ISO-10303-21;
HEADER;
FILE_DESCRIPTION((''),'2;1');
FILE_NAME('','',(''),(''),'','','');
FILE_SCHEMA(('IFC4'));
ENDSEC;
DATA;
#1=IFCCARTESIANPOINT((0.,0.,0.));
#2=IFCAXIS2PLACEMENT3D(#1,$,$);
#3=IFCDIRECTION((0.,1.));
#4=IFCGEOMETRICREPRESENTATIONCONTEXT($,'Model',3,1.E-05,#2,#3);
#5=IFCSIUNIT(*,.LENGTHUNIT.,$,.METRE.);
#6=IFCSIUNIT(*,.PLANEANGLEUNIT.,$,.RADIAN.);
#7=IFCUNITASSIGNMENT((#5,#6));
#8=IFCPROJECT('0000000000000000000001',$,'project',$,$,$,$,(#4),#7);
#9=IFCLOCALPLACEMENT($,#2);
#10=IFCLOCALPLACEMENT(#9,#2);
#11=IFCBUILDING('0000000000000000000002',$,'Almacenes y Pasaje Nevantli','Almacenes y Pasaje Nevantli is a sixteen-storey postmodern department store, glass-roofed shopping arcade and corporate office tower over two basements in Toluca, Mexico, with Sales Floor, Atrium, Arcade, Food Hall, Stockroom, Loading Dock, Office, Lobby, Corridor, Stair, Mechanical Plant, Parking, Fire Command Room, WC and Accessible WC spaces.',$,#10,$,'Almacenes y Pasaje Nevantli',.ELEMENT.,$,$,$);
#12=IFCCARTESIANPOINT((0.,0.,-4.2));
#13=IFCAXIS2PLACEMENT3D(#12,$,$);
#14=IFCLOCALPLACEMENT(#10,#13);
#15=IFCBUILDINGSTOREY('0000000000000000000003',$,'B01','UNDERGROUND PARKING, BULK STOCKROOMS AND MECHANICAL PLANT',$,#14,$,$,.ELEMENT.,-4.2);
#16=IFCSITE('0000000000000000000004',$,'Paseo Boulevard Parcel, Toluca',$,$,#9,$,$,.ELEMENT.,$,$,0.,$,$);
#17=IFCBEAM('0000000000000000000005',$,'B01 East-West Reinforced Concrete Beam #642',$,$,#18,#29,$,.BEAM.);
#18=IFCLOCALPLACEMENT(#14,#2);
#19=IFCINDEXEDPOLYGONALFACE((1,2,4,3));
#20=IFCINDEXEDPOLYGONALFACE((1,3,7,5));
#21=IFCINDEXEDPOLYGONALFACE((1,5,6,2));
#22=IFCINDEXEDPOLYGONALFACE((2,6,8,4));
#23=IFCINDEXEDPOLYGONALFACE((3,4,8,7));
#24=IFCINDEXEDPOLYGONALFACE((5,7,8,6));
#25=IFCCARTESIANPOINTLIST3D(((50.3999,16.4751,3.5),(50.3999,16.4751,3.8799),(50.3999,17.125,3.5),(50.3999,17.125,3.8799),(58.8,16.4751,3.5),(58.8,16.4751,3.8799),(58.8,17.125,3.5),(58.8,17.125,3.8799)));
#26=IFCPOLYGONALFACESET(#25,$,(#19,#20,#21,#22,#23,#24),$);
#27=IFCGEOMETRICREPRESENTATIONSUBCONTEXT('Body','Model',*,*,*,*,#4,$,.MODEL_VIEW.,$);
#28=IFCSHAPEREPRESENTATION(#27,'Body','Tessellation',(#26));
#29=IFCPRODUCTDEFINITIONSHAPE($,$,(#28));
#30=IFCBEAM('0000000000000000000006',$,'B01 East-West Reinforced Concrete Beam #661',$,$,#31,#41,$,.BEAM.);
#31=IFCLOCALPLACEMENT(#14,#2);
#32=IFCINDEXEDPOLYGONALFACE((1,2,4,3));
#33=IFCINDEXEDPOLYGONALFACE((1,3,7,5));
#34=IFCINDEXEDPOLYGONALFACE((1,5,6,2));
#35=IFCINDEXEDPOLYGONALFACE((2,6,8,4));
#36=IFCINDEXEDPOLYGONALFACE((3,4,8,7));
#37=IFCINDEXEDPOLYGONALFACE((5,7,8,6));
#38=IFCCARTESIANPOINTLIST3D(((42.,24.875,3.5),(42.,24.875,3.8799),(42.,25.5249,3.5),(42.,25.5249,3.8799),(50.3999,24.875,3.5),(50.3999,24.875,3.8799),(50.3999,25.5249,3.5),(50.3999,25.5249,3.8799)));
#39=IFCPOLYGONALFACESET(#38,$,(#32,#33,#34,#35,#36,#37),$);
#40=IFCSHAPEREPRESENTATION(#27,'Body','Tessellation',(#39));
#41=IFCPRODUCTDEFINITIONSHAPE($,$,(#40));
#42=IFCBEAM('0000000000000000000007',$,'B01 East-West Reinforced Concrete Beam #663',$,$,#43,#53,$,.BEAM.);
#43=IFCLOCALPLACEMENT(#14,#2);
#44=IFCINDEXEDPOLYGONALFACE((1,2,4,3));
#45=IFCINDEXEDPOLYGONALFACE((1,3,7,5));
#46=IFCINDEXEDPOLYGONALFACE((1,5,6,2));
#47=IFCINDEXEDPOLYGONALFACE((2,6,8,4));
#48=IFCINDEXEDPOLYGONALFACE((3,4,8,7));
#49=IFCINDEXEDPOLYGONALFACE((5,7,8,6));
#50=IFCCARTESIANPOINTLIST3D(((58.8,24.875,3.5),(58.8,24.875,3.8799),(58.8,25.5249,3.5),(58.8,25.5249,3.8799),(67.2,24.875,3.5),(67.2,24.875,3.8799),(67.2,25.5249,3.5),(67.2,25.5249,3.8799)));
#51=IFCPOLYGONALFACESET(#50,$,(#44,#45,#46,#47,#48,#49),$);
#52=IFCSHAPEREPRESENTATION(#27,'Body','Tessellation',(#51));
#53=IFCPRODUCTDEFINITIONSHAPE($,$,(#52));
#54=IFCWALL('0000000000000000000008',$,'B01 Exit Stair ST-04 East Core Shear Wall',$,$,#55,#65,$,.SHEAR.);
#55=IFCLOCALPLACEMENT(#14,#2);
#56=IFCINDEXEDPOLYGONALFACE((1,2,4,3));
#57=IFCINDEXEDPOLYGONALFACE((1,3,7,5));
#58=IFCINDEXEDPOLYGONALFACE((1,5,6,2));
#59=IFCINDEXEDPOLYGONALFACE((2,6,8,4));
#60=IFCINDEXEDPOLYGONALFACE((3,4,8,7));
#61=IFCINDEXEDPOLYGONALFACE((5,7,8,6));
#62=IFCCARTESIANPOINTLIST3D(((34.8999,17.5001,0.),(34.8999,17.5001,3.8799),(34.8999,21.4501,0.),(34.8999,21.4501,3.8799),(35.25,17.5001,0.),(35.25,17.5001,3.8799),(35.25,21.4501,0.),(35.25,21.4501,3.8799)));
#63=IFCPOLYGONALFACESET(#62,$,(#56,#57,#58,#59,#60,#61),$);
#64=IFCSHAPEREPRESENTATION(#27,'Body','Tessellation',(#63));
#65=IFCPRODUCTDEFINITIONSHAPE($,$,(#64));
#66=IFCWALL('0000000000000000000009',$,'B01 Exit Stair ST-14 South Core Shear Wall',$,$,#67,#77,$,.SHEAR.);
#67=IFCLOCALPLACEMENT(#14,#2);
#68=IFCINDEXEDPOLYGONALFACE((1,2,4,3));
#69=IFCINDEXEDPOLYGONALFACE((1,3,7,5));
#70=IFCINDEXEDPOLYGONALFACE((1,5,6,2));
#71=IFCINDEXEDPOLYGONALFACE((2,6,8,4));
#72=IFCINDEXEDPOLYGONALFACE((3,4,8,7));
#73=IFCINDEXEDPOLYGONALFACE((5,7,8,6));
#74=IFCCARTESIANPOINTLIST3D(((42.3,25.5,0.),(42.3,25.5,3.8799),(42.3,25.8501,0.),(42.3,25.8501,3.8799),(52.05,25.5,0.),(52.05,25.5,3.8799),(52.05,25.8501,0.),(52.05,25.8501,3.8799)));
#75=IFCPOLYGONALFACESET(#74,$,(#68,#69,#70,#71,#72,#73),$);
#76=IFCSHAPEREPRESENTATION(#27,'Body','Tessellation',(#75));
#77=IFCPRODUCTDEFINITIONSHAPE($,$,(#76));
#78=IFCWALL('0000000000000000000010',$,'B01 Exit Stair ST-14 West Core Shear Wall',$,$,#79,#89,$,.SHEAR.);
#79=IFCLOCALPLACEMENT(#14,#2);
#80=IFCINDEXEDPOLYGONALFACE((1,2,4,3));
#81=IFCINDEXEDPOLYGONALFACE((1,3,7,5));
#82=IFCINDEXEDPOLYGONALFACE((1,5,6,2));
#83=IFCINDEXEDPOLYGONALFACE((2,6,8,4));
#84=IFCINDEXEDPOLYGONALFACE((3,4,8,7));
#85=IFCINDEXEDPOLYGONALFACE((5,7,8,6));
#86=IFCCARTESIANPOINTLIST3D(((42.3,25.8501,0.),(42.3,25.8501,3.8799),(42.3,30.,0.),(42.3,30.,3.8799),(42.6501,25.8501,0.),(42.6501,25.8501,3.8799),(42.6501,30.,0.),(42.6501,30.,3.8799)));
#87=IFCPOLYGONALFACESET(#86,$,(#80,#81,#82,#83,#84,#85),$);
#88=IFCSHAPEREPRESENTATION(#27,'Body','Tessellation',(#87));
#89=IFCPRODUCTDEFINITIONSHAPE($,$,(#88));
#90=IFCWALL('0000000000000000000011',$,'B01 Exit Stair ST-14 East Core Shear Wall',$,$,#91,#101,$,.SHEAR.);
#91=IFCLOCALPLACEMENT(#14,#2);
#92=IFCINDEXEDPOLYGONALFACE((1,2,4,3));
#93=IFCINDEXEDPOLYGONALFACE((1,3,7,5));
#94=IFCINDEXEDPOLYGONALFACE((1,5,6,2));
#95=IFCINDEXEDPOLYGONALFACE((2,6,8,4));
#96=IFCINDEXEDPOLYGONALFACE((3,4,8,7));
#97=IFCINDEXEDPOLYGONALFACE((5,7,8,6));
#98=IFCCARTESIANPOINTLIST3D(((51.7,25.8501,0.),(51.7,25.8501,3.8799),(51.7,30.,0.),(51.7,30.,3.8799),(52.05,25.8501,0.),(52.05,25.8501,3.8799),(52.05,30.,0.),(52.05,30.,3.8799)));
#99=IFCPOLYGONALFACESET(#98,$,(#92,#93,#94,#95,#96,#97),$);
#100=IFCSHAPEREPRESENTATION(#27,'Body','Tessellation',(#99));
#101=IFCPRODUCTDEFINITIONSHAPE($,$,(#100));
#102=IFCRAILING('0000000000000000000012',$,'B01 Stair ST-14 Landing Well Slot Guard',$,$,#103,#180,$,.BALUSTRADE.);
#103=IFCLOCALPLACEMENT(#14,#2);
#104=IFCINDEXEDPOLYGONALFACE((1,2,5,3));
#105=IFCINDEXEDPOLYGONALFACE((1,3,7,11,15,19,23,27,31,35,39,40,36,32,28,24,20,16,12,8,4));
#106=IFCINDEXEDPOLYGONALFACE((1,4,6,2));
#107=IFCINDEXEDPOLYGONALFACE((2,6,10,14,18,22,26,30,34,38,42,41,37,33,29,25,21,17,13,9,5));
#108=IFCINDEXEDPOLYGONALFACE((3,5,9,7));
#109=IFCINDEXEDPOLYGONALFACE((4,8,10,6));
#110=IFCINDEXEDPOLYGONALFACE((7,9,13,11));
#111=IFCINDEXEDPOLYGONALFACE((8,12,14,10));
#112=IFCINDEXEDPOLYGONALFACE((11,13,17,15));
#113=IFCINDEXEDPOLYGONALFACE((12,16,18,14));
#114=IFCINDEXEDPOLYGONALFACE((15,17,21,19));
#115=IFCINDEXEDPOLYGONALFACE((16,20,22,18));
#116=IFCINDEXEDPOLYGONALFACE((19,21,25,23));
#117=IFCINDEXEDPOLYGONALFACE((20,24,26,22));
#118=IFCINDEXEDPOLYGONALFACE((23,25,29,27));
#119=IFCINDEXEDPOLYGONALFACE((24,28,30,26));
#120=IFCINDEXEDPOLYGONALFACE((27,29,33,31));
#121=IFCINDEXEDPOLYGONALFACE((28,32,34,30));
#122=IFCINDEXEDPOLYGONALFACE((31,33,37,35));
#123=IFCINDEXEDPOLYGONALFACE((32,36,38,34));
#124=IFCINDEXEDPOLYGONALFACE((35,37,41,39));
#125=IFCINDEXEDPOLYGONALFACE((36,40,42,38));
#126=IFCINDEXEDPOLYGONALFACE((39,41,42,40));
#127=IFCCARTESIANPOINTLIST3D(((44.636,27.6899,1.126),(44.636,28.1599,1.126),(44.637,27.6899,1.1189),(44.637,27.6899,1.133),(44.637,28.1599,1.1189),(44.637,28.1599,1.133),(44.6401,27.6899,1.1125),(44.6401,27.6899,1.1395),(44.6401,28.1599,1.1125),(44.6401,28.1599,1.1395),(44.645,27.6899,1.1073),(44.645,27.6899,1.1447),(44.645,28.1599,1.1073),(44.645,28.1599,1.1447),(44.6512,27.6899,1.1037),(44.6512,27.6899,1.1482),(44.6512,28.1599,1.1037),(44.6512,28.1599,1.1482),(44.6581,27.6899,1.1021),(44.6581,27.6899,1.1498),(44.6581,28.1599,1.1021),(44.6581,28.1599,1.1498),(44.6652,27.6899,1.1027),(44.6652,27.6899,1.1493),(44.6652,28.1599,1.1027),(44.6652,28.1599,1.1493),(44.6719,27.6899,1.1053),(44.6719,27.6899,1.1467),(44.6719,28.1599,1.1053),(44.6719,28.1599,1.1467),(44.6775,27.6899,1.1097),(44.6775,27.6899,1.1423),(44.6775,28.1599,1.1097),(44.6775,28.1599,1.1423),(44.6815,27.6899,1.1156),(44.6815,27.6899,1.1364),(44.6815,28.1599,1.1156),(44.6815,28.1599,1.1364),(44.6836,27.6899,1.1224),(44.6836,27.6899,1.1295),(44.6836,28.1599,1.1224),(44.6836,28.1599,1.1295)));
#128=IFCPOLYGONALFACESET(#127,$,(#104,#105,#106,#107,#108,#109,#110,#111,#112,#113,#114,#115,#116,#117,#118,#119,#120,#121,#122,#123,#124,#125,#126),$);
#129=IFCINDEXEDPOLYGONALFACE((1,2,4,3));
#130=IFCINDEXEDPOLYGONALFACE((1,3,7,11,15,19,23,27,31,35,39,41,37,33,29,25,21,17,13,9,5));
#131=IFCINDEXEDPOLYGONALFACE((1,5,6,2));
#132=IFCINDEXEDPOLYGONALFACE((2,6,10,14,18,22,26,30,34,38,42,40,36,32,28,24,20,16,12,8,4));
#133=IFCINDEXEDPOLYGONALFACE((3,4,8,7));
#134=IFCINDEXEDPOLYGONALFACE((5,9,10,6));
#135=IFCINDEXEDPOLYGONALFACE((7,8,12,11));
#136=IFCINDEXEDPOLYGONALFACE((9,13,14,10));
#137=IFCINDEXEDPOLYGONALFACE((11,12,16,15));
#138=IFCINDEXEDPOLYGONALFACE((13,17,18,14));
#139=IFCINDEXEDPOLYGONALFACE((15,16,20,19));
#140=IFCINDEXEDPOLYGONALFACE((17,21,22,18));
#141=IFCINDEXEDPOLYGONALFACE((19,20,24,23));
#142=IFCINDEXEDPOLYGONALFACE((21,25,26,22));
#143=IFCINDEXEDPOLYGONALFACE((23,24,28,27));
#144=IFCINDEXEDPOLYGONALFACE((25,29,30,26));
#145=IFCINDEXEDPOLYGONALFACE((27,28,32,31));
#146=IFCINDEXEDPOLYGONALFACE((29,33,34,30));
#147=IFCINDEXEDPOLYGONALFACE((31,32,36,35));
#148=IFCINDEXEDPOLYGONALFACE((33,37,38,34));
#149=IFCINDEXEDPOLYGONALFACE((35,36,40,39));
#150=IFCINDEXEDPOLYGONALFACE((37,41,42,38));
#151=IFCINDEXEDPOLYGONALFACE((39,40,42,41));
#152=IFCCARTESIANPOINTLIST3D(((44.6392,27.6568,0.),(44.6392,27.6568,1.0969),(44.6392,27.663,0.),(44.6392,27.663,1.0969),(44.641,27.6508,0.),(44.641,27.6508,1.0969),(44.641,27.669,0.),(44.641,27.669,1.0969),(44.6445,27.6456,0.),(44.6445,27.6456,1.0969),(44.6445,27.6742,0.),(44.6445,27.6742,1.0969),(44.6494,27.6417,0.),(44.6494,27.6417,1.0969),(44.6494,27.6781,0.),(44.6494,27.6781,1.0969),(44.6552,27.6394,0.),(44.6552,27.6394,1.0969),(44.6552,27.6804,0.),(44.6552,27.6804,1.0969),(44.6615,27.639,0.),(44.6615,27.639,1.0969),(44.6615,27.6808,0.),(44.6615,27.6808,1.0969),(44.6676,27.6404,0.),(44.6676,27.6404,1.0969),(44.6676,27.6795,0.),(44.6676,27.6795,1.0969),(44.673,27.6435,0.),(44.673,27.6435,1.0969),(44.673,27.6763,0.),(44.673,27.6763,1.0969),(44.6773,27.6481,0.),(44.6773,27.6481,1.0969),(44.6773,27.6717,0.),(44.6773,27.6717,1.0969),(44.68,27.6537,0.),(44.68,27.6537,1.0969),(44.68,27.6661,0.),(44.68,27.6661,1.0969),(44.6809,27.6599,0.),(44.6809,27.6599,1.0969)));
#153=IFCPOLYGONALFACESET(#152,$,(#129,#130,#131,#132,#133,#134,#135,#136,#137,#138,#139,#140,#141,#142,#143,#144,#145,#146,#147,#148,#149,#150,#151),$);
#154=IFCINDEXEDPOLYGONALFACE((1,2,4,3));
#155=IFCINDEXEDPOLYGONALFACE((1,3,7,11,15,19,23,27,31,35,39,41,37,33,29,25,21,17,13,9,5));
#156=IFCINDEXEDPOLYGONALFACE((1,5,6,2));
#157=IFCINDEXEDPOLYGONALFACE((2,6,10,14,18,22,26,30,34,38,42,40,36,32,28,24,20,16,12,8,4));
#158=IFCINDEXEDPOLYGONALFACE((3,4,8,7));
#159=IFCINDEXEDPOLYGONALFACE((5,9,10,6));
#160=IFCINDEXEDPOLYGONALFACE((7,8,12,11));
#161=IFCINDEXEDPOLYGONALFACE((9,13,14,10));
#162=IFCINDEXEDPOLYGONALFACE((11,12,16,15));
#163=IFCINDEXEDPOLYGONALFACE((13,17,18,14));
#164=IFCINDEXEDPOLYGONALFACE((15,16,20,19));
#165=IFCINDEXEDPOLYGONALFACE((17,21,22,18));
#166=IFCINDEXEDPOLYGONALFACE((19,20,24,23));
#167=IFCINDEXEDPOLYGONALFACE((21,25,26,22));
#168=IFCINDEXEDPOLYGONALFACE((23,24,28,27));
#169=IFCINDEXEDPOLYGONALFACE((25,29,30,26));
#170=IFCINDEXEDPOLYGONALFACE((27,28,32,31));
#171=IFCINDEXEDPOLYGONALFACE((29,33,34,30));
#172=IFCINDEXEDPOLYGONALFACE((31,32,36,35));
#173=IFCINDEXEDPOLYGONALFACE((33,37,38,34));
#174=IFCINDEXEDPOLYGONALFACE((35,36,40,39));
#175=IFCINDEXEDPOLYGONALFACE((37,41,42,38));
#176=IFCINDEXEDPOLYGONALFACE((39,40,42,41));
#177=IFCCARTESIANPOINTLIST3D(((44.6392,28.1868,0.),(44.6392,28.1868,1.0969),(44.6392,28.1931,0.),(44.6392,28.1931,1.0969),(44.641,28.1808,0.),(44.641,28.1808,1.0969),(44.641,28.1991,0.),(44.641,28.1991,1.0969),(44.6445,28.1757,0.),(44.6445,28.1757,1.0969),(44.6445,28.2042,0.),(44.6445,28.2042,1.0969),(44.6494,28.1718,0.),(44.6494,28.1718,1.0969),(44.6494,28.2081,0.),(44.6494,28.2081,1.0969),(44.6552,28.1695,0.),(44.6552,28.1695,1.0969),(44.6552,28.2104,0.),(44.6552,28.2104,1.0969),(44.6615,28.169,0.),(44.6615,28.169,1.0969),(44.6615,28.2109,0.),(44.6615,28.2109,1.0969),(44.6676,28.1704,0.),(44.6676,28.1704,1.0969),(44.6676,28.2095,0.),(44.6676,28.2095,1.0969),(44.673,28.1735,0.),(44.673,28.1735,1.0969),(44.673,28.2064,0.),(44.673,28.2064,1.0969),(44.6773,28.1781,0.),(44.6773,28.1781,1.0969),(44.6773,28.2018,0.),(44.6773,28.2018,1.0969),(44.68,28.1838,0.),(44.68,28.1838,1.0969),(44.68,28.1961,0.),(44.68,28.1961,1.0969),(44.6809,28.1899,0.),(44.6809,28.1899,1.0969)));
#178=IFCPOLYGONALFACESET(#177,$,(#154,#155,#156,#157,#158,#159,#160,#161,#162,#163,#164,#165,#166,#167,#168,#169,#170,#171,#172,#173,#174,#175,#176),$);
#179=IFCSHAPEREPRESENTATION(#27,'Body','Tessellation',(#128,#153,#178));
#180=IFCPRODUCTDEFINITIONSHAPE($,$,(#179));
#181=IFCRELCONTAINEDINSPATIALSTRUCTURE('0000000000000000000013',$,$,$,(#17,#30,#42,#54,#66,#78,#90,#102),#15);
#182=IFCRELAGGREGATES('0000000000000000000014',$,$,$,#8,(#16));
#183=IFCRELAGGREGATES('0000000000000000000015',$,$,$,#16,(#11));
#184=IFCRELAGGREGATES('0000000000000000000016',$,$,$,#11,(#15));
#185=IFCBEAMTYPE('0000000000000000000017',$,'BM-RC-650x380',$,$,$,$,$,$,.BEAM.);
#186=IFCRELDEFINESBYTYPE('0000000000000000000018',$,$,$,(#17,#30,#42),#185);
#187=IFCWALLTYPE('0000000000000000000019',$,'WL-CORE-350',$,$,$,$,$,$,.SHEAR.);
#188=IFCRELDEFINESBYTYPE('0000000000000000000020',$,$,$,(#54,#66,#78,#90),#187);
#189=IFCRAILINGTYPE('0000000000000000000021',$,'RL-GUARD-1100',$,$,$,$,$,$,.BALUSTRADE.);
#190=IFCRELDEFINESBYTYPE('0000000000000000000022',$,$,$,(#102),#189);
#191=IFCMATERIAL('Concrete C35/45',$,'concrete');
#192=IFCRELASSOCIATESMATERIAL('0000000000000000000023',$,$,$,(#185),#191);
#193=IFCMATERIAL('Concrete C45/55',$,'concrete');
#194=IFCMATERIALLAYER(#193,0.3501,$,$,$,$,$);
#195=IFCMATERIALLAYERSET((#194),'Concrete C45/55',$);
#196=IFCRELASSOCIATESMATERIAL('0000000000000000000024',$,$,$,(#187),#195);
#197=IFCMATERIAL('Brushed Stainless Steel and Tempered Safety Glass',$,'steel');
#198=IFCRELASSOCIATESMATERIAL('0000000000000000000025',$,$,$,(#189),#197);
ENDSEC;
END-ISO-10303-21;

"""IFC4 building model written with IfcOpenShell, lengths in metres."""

from ifc_helpers import new_model, si_unit, direction, frame, frame_2d, origin, origin_2d, place, context, subcontext, project, spatial, rectangle, circle, extrude, material, layer, layer_set, material_profile, profile_set, type_object, element, save


model = new_model("IFC4")

# Units and contexts
model_context = context("Model", 3, precision=1e-05, world=origin(), true_north=direction((0.0, 1.0)))
body_context = subcontext(model_context, "Body", "Model", "MODEL_VIEW")
ifc_project = project(units=[si_unit("LENGTHUNIT", "METRE"), si_unit("PLANEANGLEUNIT", "RADIAN")], contexts=[model_context])

# Site, building, storey
site_placement = place(None, origin())
site = spatial("IfcSite", under=ifc_project, at=site_placement, Name="Paseo Boulevard Parcel, Toluca", CompositionType="ELEMENT", RefElevation=0.0)
building_placement = place(site_placement, origin())
building = spatial("IfcBuilding", under=site, at=building_placement, Name="Almacenes y Pasaje Nevantli", Description="Almacenes y Pasaje Nevantli is a sixteen-storey postmodern department store, glass-roofed shopping arcade and corporate office tower over two basements in Toluca, Mexico, with Sales Floor, Atrium, Arcade, Food Hall, Stockroom, Loading Dock, Office, Lobby, Corridor, Stair, Mechanical Plant, Parking, Fire Command Room, WC and Accessible WC spaces.", LongName="Almacenes y Pasaje Nevantli", CompositionType="ELEMENT")
storey_placement = place(building_placement, frame((0.0, 0.0, -4.2)))
storey = spatial("IfcBuildingStorey", under=building, at=storey_placement, Name="B01", Description="UNDERGROUND PARKING, BULK STOCKROOMS AND MECHANICAL PLANT", CompositionType="ELEMENT", Elevation=-4.2)

# Beams
ifc_material_1 = material(Name="Concrete C35/45", Category="concrete")
ifc_material_profile_1 = material_profile(ifc_material_1, rectangle(XDim=0.6499, YDim=0.3799, at=origin_2d()), Name="RC-BM-650x380")
ifc_profile_set_1 = profile_set([ifc_material_profile_1], Name="Concrete C35/45")
beam_type_1 = type_object("IfcBeamType", Name="BM-RC-650x380", PredefinedType="BEAM", material=ifc_profile_set_1)
beam_1_placement = place(storey_placement, frame((50.3999, 16.8, 3.6899), z_axis=(1.0, 0.0, 0.0), x_axis=(0.0, 1.0, 0.0)))
element("IfcBeam", 1, at=beam_1_placement, inside=storey, type_object=beam_type_1, Name="B01 East-West Reinforced Concrete Beam #642", PredefinedType="BEAM", context=body_context, shape_type="SweptSolid", body=[
    extrude(rectangle(XDim=0.6499, YDim=0.3799, at=origin_2d()), origin(), (0.0, 0.0, 1.0), 8.4001),
])
for number, where, z_axis, x_axis, name in (
    (2, (42.0, 25.2, 3.6899), (1.0, 0.0, 0.0), (0.0, 1.0, 0.0), "B01 East-West Reinforced Concrete Beam #661"),
    (3, (58.8, 25.2, 3.6899), (1.0, 0.0, 0.0), (0.0, 1.0, 0.0), "B01 East-West Reinforced Concrete Beam #663"),
):
    element("IfcBeam", number, at=place(storey_placement, frame(where, z_axis=z_axis, x_axis=x_axis)), inside=storey, type_object=beam_type_1, Name=name, PredefinedType="BEAM", context=body_context, shape_type="SweptSolid", body=[
        extrude(rectangle(XDim=0.6499, YDim=0.3799, at=origin_2d()), origin(), (0.0, 0.0, 1.0), 8.3999),
    ])

# Walls
ifc_material_2 = material(Name="Concrete C45/55", Category="concrete")
ifc_layer = layer(ifc_material_2, 0.3501)
ifc_layer_set = layer_set([ifc_layer], Name="Concrete C45/55")
wall_type = type_object("IfcWallType", Name="WL-CORE-350", PredefinedType="SHEAR", material=ifc_layer_set)
wall_1_placement = place(storey_placement, frame((35.075, 17.5, 0.0), z_axis=(0.0, 0.0, 1.0), x_axis=(0.0, 1.0, 0.0)))
element("IfcWall", 4, at=wall_1_placement, inside=storey, type_object=wall_type, Name="B01 Exit Stair ST-04 East Core Shear Wall", PredefinedType="SHEAR", context=body_context, shape_type="SweptSolid", body=[
    extrude(rectangle(XDim=3.95, YDim=0.3501, at=frame_2d((1.9751, 0.0))), origin(), (0.0, 0.0, 1.0), 3.8799),
])
wall_2_placement = place(storey_placement, frame((42.3, 25.675, 0.0), z_axis=(0.0, 0.0, 1.0), x_axis=(1.0, 0.0, 0.0)))
element("IfcWall", 5, at=wall_2_placement, inside=storey, type_object=wall_type, Name="B01 Exit Stair ST-14 South Core Shear Wall", PredefinedType="SHEAR", context=body_context, shape_type="SweptSolid", body=[
    extrude(rectangle(XDim=9.75, YDim=0.3501, at=frame_2d((4.875, 0.0))), origin(), (0.0, 0.0, 1.0), 3.8799),
])
for number, where, z_axis, x_axis, name in (
    (6, (42.4751, 25.8501, 0.0), (0.0, 0.0, 1.0), (0.0, 1.0, 0.0), "B01 Exit Stair ST-14 West Core Shear Wall"),
    (7, (51.875, 25.8501, 0.0), (0.0, 0.0, 1.0), (0.0, 1.0, 0.0), "B01 Exit Stair ST-14 East Core Shear Wall"),
):
    element("IfcWall", number, at=place(storey_placement, frame(where, z_axis=z_axis, x_axis=x_axis)), inside=storey, type_object=wall_type, Name=name, PredefinedType="SHEAR", context=body_context, shape_type="SweptSolid", body=[
        extrude(rectangle(XDim=4.1499, YDim=0.3501, at=frame_2d((2.075, 0.0))), origin(), (0.0, 0.0, 1.0), 3.8799),
    ])

# Railing
ifc_material_3 = material(Name="Brushed Stainless Steel and Tempered Safety Glass", Category="steel")
railing_type = type_object("IfcRailingType", Name="RL-GUARD-1100", PredefinedType="BALUSTRADE", material=ifc_material_3)
railing_placement = place(storey_placement, frame((44.6599, 27.6599, 0.0)))
element("IfcRailing", 8, at=railing_placement, inside=storey, type_object=railing_type, Name="B01 Stair ST-14 Landing Well Slot Guard", PredefinedType="BALUSTRADE", context=body_context, shape_type="SweptSolid", body=[
    extrude(circle(Radius=0.0239, at=origin_2d()), frame((0.0, 0.03, 1.126), z_axis=(0.0, 1.0, 0.0), x_axis=(-1.0, 0.0, 0.0)), (0.0, 0.0, 1.0), 0.47),
    extrude(circle(Radius=0.021, at=origin_2d()), origin(), (0.0, 0.0, 1.0), 1.0969),
    extrude(circle(Radius=0.021, at=origin_2d()), frame((0.0, 0.53, 0.0)), (0.0, 0.0, 1.0), 1.0969),
])

save(model, "model.ifc")
